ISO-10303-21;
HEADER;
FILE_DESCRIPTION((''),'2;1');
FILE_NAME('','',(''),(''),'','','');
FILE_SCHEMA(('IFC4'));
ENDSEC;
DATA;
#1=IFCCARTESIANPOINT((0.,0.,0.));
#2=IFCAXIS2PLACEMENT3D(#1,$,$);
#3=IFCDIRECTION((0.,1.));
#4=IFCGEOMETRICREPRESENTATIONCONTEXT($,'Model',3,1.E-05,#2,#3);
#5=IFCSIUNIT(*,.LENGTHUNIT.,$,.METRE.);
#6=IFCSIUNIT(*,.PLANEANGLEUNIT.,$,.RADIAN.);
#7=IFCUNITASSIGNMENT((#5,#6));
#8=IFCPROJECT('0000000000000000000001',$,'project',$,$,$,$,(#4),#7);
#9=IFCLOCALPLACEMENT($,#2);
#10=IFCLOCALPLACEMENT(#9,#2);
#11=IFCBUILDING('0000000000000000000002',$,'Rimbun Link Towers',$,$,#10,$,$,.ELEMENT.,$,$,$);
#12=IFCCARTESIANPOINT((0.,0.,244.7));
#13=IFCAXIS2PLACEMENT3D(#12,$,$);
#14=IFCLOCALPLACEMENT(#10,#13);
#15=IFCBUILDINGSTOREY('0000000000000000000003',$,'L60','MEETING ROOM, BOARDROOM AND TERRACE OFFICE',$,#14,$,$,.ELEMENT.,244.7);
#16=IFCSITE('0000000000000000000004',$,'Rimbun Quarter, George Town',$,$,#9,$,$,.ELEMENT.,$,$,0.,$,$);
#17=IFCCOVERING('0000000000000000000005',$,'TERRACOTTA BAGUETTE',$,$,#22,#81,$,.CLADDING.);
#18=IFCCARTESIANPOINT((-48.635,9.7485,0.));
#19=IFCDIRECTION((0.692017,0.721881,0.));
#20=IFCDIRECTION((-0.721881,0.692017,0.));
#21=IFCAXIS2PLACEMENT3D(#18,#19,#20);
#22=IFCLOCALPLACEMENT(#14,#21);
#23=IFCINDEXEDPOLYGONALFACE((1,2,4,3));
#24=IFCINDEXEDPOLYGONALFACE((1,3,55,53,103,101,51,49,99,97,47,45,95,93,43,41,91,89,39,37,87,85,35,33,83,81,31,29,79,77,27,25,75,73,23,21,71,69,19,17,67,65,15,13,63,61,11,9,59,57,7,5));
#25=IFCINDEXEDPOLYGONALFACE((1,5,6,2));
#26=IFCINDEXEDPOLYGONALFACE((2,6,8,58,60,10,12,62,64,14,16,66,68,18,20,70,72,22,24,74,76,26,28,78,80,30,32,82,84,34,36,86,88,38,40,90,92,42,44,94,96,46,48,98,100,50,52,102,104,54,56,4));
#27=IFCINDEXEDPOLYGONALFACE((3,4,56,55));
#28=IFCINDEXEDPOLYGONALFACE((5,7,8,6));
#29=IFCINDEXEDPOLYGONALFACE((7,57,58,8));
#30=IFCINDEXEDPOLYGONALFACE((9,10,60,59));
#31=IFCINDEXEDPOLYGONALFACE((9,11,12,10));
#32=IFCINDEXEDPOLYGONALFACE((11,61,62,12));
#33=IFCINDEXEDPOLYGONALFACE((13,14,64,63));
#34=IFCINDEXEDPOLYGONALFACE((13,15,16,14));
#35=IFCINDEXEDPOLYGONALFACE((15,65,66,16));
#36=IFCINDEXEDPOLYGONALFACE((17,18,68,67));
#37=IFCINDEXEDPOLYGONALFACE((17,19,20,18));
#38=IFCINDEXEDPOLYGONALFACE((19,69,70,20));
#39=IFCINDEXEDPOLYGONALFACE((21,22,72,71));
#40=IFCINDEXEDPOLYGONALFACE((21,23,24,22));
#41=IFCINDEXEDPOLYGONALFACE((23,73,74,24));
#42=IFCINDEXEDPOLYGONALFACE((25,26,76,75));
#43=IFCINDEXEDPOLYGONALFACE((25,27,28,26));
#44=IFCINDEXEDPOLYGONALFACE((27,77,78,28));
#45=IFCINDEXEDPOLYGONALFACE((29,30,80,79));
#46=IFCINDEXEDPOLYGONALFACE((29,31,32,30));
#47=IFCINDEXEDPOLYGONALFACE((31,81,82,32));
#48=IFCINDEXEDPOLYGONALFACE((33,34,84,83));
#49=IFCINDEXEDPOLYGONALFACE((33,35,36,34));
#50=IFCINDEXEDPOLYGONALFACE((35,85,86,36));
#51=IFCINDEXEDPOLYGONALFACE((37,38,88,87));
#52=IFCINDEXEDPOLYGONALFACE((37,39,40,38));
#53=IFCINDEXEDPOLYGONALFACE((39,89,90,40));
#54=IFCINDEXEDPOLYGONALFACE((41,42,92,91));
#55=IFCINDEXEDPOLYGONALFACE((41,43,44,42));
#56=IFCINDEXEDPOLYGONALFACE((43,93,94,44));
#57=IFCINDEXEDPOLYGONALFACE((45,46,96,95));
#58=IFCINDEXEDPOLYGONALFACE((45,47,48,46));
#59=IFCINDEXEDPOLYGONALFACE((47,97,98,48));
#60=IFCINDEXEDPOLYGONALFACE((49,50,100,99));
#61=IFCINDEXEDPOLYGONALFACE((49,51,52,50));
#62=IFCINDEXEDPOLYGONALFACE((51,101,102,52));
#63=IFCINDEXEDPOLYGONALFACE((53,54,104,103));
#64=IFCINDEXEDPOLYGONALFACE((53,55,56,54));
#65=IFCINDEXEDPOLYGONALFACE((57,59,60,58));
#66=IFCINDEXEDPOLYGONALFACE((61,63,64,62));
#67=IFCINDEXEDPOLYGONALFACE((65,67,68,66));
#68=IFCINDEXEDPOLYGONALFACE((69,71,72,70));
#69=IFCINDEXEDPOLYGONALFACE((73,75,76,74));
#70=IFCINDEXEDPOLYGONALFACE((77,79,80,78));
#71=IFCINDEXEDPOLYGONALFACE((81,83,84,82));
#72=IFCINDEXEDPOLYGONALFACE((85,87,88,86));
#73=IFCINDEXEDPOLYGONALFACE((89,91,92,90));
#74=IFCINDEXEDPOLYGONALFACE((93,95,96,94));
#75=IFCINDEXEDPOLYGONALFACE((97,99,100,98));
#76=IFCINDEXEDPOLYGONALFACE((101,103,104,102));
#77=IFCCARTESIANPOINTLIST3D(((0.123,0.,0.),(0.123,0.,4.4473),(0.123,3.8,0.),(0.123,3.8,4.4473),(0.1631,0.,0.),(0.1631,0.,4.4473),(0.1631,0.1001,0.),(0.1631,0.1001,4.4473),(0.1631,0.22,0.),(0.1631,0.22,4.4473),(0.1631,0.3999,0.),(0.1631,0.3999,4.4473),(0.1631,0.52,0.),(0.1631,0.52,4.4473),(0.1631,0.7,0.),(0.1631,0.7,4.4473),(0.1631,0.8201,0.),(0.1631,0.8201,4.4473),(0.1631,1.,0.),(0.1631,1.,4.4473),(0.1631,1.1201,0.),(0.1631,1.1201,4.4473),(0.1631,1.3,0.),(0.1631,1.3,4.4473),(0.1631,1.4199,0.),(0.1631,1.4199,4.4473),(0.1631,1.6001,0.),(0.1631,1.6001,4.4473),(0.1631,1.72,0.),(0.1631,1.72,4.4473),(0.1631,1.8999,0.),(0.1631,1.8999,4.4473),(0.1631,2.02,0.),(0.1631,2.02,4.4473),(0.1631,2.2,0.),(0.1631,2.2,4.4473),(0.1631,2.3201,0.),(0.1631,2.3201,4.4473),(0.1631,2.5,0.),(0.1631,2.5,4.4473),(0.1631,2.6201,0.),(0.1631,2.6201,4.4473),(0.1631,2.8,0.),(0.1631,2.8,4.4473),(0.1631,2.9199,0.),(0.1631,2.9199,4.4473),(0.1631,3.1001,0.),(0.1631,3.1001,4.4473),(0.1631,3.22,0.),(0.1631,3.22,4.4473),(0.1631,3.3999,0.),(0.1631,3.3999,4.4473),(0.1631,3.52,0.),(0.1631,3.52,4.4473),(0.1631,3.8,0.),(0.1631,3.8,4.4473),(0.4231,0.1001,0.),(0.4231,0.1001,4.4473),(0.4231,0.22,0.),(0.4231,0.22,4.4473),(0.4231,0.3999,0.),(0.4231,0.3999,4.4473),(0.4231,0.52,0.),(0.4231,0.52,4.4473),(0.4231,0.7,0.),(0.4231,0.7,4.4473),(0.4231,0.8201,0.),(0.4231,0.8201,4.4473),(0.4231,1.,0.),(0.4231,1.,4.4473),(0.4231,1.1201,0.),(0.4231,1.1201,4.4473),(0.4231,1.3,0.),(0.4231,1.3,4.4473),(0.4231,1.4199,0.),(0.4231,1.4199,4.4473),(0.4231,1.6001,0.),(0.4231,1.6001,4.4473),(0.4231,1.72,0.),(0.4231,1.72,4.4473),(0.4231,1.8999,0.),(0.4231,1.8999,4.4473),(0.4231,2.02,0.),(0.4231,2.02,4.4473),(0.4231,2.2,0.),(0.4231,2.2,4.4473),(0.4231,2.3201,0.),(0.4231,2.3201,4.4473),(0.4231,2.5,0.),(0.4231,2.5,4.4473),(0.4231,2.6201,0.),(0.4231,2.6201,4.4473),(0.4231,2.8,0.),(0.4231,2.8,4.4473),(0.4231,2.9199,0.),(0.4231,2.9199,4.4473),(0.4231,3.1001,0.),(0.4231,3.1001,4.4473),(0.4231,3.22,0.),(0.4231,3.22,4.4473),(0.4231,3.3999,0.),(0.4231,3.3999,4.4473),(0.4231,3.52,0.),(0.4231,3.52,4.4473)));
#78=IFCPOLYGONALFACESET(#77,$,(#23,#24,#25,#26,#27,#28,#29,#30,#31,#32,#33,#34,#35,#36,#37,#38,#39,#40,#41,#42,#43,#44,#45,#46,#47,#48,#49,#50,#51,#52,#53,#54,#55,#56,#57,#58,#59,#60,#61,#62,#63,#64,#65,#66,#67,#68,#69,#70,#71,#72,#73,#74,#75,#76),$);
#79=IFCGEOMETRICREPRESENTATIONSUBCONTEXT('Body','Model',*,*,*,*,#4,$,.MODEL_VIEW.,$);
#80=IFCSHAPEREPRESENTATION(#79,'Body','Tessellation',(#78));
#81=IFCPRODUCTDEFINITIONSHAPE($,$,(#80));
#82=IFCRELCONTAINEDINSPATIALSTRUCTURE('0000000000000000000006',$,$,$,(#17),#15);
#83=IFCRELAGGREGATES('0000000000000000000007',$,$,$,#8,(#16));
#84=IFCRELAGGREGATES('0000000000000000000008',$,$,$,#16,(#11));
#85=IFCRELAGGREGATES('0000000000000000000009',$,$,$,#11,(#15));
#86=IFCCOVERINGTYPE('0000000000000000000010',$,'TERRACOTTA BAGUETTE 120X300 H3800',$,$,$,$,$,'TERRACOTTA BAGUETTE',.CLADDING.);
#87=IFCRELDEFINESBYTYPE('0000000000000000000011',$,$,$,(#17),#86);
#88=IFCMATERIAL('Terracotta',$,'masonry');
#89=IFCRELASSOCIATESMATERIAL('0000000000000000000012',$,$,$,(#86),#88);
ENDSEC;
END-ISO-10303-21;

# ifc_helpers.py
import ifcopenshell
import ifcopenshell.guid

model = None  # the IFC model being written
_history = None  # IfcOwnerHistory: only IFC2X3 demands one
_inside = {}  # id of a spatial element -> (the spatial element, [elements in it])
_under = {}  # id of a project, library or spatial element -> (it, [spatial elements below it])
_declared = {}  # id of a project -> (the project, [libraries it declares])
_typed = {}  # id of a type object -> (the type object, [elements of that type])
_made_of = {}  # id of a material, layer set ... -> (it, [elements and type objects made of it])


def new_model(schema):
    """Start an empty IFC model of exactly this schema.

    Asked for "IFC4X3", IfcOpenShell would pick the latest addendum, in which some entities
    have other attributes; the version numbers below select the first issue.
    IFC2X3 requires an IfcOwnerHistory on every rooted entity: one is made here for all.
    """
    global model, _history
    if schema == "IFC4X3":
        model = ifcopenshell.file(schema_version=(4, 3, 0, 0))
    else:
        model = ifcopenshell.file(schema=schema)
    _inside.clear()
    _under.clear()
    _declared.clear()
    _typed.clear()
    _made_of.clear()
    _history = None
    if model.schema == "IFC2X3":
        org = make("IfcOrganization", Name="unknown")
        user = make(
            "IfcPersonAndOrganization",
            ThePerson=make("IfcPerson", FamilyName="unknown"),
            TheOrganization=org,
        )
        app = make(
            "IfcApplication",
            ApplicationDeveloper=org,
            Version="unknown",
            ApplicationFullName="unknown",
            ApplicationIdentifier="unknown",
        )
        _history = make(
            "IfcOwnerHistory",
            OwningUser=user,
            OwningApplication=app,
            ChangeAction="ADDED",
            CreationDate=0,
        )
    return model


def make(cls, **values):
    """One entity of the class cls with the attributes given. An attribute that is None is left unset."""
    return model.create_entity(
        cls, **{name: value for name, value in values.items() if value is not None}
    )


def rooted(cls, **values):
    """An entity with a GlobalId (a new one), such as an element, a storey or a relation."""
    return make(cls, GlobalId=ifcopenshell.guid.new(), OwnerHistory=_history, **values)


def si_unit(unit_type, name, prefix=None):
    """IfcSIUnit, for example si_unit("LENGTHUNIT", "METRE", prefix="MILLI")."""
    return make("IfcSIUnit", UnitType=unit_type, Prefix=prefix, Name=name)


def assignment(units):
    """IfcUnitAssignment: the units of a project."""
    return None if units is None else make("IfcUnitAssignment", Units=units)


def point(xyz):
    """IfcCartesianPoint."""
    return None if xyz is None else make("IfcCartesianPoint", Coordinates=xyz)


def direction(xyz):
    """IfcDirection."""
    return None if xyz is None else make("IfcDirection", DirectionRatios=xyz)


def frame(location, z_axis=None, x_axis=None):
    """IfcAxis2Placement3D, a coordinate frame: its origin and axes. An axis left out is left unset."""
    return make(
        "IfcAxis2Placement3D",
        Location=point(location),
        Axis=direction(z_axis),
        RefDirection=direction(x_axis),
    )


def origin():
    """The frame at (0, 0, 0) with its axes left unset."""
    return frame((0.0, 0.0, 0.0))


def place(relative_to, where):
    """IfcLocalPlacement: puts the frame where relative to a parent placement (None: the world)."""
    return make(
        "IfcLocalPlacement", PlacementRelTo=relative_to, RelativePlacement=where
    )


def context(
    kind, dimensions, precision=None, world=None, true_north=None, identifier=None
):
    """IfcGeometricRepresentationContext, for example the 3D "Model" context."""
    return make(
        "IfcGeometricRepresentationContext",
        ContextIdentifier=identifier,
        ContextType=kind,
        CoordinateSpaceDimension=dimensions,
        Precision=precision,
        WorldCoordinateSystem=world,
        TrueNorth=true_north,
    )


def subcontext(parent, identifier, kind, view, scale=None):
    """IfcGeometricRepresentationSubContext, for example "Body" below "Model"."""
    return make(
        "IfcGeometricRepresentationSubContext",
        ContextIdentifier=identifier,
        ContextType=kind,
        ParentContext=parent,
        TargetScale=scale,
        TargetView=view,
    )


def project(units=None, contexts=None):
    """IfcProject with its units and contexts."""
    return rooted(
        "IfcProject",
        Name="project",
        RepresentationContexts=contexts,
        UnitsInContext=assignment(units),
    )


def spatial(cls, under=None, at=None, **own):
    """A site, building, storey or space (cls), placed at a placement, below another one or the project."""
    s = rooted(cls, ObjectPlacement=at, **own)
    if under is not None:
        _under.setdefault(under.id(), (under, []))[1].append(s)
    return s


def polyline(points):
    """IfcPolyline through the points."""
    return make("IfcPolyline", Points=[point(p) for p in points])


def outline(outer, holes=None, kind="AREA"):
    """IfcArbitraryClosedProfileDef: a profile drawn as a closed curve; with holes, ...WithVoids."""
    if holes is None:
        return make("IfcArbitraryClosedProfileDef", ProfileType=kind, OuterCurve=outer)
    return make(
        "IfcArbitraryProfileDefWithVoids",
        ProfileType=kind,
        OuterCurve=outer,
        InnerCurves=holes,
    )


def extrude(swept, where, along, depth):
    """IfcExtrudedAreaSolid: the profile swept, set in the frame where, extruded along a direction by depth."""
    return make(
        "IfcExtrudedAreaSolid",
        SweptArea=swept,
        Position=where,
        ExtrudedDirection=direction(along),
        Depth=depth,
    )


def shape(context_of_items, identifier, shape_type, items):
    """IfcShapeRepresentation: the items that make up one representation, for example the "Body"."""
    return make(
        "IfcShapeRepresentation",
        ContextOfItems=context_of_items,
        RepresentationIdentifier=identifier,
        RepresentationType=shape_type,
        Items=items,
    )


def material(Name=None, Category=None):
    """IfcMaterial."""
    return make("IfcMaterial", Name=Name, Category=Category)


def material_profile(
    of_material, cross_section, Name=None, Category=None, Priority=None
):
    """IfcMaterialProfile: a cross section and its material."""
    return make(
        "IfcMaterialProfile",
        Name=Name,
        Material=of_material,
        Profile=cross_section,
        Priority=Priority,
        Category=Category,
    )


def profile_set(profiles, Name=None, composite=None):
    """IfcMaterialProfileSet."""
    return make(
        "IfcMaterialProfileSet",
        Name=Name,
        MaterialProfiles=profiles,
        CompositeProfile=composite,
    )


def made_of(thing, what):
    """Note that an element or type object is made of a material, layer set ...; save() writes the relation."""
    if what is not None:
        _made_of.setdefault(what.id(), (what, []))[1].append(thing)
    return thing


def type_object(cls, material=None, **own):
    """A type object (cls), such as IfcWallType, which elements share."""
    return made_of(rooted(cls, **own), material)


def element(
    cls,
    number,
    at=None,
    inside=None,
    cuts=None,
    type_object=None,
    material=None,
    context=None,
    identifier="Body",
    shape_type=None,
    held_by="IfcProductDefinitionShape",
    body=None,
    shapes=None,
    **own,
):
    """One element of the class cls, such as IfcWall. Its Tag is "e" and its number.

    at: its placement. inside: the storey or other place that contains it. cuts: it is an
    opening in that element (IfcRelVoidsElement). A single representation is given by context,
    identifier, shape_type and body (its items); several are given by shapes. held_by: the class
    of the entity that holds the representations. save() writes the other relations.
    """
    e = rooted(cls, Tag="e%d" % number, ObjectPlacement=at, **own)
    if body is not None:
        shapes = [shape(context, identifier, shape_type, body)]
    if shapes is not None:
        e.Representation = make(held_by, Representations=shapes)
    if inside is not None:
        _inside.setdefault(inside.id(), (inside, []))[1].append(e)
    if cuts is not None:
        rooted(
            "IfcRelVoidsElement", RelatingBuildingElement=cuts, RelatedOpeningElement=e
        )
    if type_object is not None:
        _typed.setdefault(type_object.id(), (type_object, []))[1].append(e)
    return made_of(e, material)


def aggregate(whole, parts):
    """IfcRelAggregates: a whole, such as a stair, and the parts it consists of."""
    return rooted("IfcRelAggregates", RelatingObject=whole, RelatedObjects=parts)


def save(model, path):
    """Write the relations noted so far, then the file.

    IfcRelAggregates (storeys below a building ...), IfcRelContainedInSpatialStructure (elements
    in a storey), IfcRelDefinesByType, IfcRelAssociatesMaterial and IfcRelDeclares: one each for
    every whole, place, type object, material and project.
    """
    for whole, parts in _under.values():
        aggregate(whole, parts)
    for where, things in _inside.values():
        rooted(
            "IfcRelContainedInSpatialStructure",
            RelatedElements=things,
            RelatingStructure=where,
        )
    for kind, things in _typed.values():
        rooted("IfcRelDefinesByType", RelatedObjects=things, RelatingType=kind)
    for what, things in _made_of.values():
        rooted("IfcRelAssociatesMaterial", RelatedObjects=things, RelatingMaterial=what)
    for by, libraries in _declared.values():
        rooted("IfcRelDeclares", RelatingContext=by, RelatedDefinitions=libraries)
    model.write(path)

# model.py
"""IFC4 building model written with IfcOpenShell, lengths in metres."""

from ifc_helpers import new_model, si_unit, direction, frame, origin, place, context, subcontext, project, spatial, polyline, outline, extrude, material, material_profile, profile_set, type_object, element, save


model = new_model("IFC4")

# Units and contexts
model_context = context("Model", 3, precision=1e-05, world=origin(), true_north=direction((0.0, 1.0)))
body_context = subcontext(model_context, "Body", "Model", "MODEL_VIEW")
ifc_project = project(units=[si_unit("LENGTHUNIT", "METRE"), si_unit("PLANEANGLEUNIT", "RADIAN")], contexts=[model_context])

# Site, building, storey
site_placement = place(None, origin())
site = spatial("IfcSite", under=ifc_project, at=site_placement, Name="Rimbun Quarter, George Town", CompositionType="ELEMENT", RefElevation=0.0)
building_placement = place(site_placement, origin())
building = spatial("IfcBuilding", under=site, at=building_placement, Name="Rimbun Link Towers", CompositionType="ELEMENT")
storey_placement = place(building_placement, frame((0.0, 0.0, 244.7)))
storey = spatial("IfcBuildingStorey", under=building, at=storey_placement, Name="L60", Description="MEETING ROOM, BOARDROOM AND TERRACE OFFICE", CompositionType="ELEMENT", Elevation=244.7)

# Covering
ifc_material_1 = material(Name="Terracotta", Category="masonry")
ifc_material_profile_1 = material_profile(ifc_material_1, outline(polyline([(0.123, 0.0), (0.1631, 0.0), (0.1631, 0.1001), (0.4231, 0.1001), (0.4231, 0.22), (0.1631, 0.22), (0.1631, 0.3999), (0.4231, 0.3999), (0.4231, 0.52), (0.1631, 0.52), (0.1631, 0.7), (0.4231, 0.7), (0.4231, 0.8201), (0.1631, 0.8201), (0.1631, 1.0), (0.4231, 1.0), (0.4231, 1.1201), (0.1631, 1.1201), (0.1631, 1.3), (0.4231, 1.3), (0.4231, 1.4199), (0.1631, 1.4199), (0.1631, 1.6001), (0.4231, 1.6001), (0.4231, 1.72), (0.1631, 1.72), (0.1631, 1.8999), (0.4231, 1.8999), (0.4231, 2.02), (0.1631, 2.02), (0.1631, 2.2), (0.4231, 2.2), (0.4231, 2.3201), (0.1631, 2.3201), (0.1631, 2.5), (0.4231, 2.5), (0.4231, 2.6201), (0.1631, 2.6201), (0.1631, 2.8), (0.4231, 2.8), (0.4231, 2.9199), (0.1631, 2.9199), (0.1631, 3.1001), (0.4231, 3.1001), (0.4231, 3.22), (0.1631, 3.22), (0.1631, 3.3999), (0.4231, 3.3999), (0.4231, 3.52), (0.1631, 3.52), (0.1631, 3.8), (0.123, 3.8), (0.123, 0.0)])), Name="BAGUETTE 120X300")
ifc_profile_set_1 = profile_set([ifc_material_profile_1], Name="Terracotta")
covering_type = type_object("IfcCoveringType", Name="TERRACOTTA BAGUETTE 120X300 H3800", ElementType="TERRACOTTA BAGUETTE", PredefinedType="CLADDING", material=ifc_profile_set_1)
covering_placement = place(storey_placement, frame((-48.635, 9.7485, 0.0), z_axis=(0.692017, 0.721881, 0.0), x_axis=(-0.721881, 0.692017, 0.0)))
element("IfcCovering", 1, at=covering_placement, inside=storey, type_object=covering_type, Name="TERRACOTTA BAGUETTE", PredefinedType="CLADDING", context=body_context, shape_type="SweptSolid", body=[
    extrude(outline(polyline([(0.123, 0.0), (0.1631, 0.0), (0.1631, 0.1001), (0.4231, 0.1001), (0.4231, 0.22), (0.1631, 0.22), (0.1631, 0.3999), (0.4231, 0.3999), (0.4231, 0.52), (0.1631, 0.52), (0.1631, 0.7), (0.4231, 0.7), (0.4231, 0.8201), (0.1631, 0.8201), (0.1631, 1.0), (0.4231, 1.0), (0.4231, 1.1201), (0.1631, 1.1201), (0.1631, 1.3), (0.4231, 1.3), (0.4231, 1.4199), (0.1631, 1.4199), (0.1631, 1.6001), (0.4231, 1.6001), (0.4231, 1.72), (0.1631, 1.72), (0.1631, 1.8999), (0.4231, 1.8999), (0.4231, 2.02), (0.1631, 2.02), (0.1631, 2.2), (0.4231, 2.2), (0.4231, 2.3201), (0.1631, 2.3201), (0.1631, 2.5), (0.4231, 2.5), (0.4231, 2.6201), (0.1631, 2.6201), (0.1631, 2.8), (0.4231, 2.8), (0.4231, 2.9199), (0.1631, 2.9199), (0.1631, 3.1001), (0.4231, 3.1001), (0.4231, 3.22), (0.1631, 3.22), (0.1631, 3.3999), (0.4231, 3.3999), (0.4231, 3.52), (0.1631, 3.52), (0.1631, 3.8), (0.123, 3.8), (0.123, 0.0)])), origin(), (0.0, 0.0, 1.0), 4.4473),
])

save(model, "model.ifc")
